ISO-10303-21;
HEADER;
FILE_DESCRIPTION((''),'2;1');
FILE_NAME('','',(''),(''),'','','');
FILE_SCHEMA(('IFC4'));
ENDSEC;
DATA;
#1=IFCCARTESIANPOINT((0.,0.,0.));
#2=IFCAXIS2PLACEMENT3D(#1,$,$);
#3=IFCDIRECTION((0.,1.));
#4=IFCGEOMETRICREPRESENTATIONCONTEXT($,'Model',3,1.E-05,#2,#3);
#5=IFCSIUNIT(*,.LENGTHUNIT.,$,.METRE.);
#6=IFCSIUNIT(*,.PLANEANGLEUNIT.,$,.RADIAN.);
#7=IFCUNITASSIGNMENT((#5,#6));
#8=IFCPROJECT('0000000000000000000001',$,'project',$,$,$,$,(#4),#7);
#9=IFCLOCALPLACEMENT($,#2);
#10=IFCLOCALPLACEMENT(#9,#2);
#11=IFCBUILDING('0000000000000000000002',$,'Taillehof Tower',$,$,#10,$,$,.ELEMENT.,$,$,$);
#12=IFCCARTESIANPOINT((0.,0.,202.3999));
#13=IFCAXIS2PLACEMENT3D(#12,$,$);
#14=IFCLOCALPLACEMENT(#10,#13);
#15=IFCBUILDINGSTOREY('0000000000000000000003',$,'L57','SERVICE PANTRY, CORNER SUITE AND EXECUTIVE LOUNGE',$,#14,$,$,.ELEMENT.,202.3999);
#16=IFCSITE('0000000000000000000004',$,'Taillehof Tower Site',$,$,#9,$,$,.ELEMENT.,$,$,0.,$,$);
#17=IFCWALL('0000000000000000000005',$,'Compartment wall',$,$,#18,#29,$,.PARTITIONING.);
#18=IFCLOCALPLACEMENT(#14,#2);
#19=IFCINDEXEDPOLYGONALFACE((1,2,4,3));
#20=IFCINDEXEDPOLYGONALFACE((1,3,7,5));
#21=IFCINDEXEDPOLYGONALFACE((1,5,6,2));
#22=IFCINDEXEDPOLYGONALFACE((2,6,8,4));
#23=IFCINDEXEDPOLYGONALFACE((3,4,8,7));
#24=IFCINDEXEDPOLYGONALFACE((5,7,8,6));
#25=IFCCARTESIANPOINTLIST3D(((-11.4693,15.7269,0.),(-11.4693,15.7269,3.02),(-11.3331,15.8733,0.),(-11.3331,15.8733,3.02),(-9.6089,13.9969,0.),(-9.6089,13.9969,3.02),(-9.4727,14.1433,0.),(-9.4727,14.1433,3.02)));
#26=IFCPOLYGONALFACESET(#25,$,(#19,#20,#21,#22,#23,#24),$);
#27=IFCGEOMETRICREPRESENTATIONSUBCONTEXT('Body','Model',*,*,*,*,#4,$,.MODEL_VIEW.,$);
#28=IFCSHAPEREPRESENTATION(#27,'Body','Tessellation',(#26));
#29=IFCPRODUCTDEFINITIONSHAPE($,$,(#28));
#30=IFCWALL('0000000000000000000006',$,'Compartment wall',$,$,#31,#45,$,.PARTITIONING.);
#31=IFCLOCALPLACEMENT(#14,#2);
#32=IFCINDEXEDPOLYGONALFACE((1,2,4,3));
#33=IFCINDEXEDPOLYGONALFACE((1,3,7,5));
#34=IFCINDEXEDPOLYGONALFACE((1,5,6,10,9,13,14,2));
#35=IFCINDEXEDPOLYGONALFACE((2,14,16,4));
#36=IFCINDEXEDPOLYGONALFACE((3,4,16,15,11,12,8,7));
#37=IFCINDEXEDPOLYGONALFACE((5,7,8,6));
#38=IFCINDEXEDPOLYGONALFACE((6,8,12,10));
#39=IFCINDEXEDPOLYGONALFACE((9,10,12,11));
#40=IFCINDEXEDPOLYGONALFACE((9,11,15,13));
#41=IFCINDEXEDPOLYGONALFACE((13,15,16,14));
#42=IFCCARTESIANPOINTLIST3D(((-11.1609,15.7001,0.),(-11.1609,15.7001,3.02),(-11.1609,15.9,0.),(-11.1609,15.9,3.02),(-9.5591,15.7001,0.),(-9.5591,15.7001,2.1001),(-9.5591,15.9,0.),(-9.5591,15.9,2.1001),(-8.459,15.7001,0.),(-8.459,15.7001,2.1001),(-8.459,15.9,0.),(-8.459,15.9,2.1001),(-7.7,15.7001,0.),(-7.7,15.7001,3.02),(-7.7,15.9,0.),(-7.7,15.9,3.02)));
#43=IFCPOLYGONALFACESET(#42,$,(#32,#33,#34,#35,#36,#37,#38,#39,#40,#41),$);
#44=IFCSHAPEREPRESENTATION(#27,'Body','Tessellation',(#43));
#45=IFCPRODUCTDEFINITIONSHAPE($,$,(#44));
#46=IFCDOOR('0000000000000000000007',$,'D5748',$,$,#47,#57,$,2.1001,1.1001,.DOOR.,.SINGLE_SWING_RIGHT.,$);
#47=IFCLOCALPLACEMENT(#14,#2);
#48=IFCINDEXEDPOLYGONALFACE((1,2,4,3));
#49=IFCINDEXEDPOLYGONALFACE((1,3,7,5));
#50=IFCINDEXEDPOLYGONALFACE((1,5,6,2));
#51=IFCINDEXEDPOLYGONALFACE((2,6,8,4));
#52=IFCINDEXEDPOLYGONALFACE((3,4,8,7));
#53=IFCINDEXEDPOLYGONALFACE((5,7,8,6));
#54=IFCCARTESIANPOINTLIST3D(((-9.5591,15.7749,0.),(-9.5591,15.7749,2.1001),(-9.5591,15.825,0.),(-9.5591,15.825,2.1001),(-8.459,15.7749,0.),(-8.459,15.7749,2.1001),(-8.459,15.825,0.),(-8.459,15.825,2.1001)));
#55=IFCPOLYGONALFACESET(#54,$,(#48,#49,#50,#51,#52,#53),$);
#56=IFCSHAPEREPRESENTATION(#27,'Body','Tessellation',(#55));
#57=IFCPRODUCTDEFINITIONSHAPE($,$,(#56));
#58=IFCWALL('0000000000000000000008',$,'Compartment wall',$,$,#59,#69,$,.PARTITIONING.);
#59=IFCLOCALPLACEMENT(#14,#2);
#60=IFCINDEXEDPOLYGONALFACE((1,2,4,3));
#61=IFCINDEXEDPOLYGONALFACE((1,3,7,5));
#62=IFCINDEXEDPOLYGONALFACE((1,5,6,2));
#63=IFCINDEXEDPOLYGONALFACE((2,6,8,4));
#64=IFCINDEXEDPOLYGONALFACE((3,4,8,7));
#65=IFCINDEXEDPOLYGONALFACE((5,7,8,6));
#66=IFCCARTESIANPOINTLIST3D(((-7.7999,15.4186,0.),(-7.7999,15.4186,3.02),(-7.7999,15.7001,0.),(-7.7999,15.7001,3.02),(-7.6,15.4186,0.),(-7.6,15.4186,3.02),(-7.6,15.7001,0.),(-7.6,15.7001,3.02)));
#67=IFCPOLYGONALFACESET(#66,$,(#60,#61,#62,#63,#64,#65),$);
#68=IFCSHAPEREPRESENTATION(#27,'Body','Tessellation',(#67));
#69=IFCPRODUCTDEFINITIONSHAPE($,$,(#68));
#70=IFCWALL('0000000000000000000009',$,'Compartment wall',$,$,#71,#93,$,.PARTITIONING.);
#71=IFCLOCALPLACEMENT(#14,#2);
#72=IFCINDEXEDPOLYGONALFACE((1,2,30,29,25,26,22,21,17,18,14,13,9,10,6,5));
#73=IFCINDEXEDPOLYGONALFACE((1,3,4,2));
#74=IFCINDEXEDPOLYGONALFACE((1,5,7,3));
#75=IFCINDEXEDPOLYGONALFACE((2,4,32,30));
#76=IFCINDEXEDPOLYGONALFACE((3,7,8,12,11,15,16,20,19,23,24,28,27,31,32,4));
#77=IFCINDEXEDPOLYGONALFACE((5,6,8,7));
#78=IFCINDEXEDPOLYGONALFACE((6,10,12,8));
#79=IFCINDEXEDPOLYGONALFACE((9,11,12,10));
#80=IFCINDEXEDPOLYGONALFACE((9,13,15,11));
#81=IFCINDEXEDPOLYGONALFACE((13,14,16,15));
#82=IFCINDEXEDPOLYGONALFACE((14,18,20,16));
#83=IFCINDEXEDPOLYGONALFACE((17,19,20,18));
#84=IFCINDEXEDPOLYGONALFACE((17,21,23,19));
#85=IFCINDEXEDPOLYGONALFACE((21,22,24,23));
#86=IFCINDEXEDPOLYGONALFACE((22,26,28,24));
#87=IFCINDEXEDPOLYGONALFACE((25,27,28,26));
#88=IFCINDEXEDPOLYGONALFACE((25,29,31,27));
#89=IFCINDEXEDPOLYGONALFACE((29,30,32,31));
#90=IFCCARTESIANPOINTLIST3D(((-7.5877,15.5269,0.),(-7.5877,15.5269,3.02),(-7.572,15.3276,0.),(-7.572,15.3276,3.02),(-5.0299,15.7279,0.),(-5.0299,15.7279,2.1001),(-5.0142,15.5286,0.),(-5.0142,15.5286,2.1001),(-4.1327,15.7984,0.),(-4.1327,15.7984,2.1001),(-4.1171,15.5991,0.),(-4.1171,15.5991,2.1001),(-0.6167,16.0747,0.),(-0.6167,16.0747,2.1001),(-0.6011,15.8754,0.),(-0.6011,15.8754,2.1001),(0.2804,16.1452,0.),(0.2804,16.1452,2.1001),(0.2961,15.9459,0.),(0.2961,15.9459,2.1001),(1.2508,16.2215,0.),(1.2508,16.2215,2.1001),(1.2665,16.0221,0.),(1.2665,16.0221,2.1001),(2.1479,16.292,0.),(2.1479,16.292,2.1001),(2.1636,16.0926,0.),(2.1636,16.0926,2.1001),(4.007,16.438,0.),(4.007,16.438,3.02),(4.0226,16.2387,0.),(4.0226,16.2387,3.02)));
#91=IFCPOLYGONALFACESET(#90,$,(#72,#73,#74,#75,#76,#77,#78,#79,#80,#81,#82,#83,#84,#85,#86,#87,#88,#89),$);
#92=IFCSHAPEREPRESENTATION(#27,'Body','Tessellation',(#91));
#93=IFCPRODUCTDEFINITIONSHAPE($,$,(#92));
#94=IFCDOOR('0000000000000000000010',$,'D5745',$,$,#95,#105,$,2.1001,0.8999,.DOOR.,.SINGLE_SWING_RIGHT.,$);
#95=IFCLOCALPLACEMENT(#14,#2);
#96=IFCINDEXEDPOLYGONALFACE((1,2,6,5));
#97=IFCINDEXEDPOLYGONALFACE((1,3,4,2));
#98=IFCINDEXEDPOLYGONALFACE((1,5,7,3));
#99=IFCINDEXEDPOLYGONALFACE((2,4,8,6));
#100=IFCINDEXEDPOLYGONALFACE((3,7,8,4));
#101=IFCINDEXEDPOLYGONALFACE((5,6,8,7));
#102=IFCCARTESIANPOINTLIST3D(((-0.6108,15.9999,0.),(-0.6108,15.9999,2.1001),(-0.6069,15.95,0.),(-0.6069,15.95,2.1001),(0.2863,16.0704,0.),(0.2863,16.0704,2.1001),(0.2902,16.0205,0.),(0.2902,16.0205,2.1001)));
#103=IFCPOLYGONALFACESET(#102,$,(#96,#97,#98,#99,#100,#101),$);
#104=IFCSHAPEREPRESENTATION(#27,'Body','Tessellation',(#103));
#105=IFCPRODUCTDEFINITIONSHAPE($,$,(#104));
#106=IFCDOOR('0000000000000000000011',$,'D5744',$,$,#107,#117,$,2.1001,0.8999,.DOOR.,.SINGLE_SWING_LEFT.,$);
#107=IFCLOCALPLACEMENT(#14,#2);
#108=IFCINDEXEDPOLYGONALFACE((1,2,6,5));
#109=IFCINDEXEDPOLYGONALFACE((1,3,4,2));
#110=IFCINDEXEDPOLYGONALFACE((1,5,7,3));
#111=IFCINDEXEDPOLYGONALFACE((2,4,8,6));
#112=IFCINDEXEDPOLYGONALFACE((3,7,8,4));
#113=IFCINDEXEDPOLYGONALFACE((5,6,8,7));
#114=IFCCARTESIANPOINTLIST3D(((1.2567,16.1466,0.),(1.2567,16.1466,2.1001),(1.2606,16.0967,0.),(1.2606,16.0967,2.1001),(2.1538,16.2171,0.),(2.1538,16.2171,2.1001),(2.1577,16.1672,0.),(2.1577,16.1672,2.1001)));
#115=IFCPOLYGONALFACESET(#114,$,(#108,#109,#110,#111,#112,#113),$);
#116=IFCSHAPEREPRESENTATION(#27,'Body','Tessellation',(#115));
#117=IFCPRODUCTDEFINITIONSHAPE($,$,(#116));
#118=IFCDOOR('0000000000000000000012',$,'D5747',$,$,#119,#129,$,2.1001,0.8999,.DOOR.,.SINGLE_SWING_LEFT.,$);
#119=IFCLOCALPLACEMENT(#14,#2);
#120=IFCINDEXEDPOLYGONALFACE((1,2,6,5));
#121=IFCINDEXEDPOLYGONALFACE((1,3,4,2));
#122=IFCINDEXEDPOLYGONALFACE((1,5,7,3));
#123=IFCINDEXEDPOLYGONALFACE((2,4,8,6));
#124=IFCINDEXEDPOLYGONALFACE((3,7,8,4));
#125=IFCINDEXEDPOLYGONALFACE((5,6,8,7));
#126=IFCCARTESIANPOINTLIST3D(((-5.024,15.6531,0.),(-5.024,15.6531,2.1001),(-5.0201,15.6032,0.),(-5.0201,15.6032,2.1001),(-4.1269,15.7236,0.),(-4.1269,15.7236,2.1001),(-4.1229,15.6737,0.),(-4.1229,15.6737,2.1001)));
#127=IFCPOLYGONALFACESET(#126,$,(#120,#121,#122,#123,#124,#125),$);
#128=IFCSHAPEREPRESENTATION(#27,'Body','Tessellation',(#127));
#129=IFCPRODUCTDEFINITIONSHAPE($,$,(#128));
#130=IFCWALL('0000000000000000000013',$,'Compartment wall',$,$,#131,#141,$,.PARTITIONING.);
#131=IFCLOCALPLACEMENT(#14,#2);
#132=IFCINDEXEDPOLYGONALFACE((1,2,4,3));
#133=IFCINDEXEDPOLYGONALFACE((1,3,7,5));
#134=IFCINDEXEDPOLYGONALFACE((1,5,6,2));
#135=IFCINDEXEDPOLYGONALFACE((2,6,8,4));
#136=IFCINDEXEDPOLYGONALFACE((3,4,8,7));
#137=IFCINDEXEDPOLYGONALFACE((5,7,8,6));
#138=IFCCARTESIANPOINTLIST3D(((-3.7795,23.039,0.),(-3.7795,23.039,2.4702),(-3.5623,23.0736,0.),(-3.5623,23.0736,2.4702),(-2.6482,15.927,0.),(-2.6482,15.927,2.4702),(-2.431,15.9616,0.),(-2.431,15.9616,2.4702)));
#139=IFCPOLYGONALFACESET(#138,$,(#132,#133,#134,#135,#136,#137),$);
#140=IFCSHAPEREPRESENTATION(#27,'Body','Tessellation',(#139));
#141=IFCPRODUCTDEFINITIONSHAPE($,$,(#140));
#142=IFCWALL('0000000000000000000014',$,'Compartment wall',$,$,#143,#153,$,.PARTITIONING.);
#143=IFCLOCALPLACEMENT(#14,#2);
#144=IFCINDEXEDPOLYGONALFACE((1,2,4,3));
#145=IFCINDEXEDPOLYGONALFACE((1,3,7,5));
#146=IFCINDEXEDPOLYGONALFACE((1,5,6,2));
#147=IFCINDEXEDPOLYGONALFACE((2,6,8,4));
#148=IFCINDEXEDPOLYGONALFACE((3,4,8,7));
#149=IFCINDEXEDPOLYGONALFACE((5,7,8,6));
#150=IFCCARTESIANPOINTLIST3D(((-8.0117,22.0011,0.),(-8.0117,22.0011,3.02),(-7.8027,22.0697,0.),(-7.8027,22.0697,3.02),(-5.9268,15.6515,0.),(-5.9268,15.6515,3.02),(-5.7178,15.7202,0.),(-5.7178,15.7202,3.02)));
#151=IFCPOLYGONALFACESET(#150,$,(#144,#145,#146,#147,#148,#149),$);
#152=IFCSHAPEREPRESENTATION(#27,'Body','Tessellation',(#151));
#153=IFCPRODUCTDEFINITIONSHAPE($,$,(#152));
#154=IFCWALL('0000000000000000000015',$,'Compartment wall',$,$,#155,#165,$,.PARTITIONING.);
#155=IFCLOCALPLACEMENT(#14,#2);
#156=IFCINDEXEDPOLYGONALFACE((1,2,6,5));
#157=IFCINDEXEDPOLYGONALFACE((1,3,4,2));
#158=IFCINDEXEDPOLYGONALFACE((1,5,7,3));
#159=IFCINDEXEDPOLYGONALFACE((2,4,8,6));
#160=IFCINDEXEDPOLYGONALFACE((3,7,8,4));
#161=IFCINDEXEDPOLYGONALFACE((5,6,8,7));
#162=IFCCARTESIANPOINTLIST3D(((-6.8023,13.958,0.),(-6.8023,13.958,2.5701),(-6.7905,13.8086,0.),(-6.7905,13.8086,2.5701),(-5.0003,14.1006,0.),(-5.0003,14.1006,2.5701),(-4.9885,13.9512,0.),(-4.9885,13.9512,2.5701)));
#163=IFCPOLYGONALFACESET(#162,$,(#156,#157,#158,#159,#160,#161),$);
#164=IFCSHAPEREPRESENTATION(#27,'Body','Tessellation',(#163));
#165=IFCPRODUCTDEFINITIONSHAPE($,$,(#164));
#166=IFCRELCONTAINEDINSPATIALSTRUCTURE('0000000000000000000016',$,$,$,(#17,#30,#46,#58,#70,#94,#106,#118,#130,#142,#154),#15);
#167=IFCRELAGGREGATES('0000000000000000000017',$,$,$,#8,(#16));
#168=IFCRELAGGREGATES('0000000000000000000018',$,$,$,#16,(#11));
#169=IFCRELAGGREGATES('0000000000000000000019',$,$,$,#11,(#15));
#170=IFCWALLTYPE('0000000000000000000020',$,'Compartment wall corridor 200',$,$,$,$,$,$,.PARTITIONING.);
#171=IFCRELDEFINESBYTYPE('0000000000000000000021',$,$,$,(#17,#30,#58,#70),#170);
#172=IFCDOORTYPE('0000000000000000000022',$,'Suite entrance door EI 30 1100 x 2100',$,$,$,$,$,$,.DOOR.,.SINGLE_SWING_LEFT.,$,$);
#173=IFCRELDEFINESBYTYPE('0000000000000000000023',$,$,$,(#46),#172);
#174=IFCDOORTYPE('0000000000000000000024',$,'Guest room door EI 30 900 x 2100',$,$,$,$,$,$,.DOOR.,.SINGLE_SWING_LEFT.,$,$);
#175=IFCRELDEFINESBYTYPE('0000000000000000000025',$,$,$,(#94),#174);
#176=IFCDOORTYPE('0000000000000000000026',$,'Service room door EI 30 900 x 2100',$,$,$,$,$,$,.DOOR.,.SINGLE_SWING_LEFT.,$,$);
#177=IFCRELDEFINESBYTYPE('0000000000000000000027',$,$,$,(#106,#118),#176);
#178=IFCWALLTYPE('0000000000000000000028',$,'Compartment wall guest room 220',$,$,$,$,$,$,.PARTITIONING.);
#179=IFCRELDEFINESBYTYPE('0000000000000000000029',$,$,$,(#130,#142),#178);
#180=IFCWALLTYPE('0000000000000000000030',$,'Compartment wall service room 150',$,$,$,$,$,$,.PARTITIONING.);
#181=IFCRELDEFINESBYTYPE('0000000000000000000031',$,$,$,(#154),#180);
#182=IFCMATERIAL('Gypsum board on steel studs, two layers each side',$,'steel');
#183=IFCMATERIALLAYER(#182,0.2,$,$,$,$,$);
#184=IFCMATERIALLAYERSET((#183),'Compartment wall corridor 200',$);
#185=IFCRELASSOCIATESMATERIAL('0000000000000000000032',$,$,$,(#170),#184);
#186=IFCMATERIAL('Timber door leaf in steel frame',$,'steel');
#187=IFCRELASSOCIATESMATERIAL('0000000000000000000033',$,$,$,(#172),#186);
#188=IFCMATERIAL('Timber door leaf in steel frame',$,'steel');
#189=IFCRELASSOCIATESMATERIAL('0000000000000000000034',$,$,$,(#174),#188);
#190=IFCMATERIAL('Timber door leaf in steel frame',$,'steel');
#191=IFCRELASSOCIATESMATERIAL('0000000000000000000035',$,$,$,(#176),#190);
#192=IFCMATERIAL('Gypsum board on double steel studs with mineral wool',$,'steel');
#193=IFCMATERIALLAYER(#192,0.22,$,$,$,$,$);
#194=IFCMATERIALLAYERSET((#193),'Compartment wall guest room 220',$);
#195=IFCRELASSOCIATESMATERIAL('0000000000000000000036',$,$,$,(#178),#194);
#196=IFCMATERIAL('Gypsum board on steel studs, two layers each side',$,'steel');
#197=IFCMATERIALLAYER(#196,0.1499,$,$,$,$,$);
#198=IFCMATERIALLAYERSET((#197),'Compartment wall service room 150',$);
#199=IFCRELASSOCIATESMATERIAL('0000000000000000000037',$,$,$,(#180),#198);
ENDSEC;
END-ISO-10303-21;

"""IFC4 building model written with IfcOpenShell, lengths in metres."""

from ifc_helpers import new_model, si_unit, direction, frame, frame_2d, origin, place, context, subcontext, project, spatial, rectangle, extrude, material, layer, layer_set, type_object, element, fill, save


model = new_model("IFC4")

# Units and contexts
model_context = context("Model", 3, precision=1e-05, world=origin(), true_north=direction((0.0, 1.0)))
body_context = subcontext(model_context, "Body", "Model", "MODEL_VIEW")
ifc_project = project(units=[si_unit("LENGTHUNIT", "METRE"), si_unit("PLANEANGLEUNIT", "RADIAN")], contexts=[model_context])

# Site, building, storey
site_placement = place(None, origin())
site = spatial("IfcSite", under=ifc_project, at=site_placement, Name="Taillehof Tower Site", CompositionType="ELEMENT", RefElevation=0.0)
building_placement = place(site_placement, origin())
building = spatial("IfcBuilding", under=site, at=building_placement, Name="Taillehof Tower", CompositionType="ELEMENT")
storey_placement = place(building_placement, frame((0.0, 0.0, 202.3999)))
storey = spatial("IfcBuildingStorey", under=building, at=storey_placement, Name="L57", Description="SERVICE PANTRY, CORNER SUITE AND EXECUTIVE LOUNGE", CompositionType="ELEMENT", Elevation=202.3999)

# Wall
ifc_material_1 = material(Name="Gypsum board on steel studs, two layers each side", Category="steel")
ifc_layer_1 = layer(ifc_material_1, 0.2)
ifc_layer_set_1 = layer_set([ifc_layer_1], Name="Compartment wall corridor 200")
wall_type_1 = type_object("IfcWallType", Name="Compartment wall corridor 200", PredefinedType="PARTITIONING", material=ifc_layer_set_1)
wall_1_placement = place(storey_placement, frame((-9.5408, 14.0701, 0.0), z_axis=(0.0, 0.0, 1.0), x_axis=(-0.7323, 0.680982, 0.0)))
element("IfcWall", 1, at=wall_1_placement, inside=storey, type_object=wall_type_1, Name="Compartment wall", PredefinedType="PARTITIONING", context=body_context, shape_type="SweptSolid", body=[
    extrude(rectangle(XDim=2.5405, YDim=0.2, at=frame_2d((1.2703, 0.0))), origin(), (0.0, 0.0, 1.0), 3.02),
])

# Wall, opening, door
wall_2_placement = place(storey_placement, frame((-11.1609, 15.8, 0.0), z_axis=(0.0, 0.0, 1.0), x_axis=(1.0, 0.0, 0.0)))
wall_2 = element("IfcWall", 2, at=wall_2_placement, inside=storey, type_object=wall_type_1, Name="Compartment wall", PredefinedType="PARTITIONING", context=body_context, shape_type="SweptSolid", body=[
    extrude(rectangle(XDim=3.4609, YDim=0.2, at=frame_2d((1.7305, 0.0))), origin(), (0.0, 0.0, 1.0), 3.02),
])
opening_1_placement = place(wall_2_placement, frame((1.6018, 0.0, 0.0)))
opening_1 = element("IfcOpeningElement", 3, at=opening_1_placement, cuts=wall_2, PredefinedType="OPENING", context=body_context, shape_type="SweptSolid", body=[
    extrude(rectangle(XDim=1.1001, YDim=2.1001, at=frame_2d((0.55, 1.05))), frame((0.0, 0.1099, 0.0), z_axis=(0.0, -1.0, 0.0), x_axis=(1.0, 0.0, 0.0)), (0.0, 0.0, 1.0), 0.22),
])
ifc_material_2 = material(Name="Timber door leaf in steel frame", Category="steel")
door_type_1 = type_object("IfcDoorType", Name="Suite entrance door EI 30 1100 x 2100", OperationType="SINGLE_SWING_LEFT", PredefinedType="DOOR", material=ifc_material_2)
door_1_placement = place(opening_1_placement, origin())
door_1 = element("IfcDoor", 4, at=door_1_placement, inside=storey, type_object=door_type_1, Name="D5748", OperationType="SINGLE_SWING_RIGHT", OverallHeight=2.1001, OverallWidth=1.1001, PredefinedType="DOOR", context=body_context, shape_type="SweptSolid", body=[
    extrude(rectangle(XDim=1.1001, YDim=2.1001, at=frame_2d((0.55, 1.05))), frame((0.0, 0.0249, 0.0), z_axis=(0.0, -1.0, 0.0), x_axis=(1.0, 0.0, 0.0)), (0.0, 0.0, 1.0), 0.05),
])
fill(opening_1, door_1)

# Wall
wall_3_placement = place(storey_placement, frame((-7.7, 15.7, 0.0), z_axis=(0.0, 0.0, 1.0), x_axis=(0.0, -1.0, 0.0)))
element("IfcWall", 5, at=wall_3_placement, inside=storey, type_object=wall_type_1, Name="Compartment wall", PredefinedType="PARTITIONING", context=body_context, shape_type="SweptSolid", body=[
    extrude(rectangle(XDim=0.2815, YDim=0.2, at=frame_2d((0.1406, 0.0))), origin(), (0.0, 0.0, 1.0), 3.02),
])

# Wall, openings, doors
wall_4_placement = place(storey_placement, frame((-7.5798, 15.4272, 0.0), z_axis=(0.0, 0.0, 1.0), x_axis=(0.996927, 0.07834, 0.0)))
wall_4 = element("IfcWall", 6, at=wall_4_placement, inside=storey, type_object=wall_type_1, Name="Compartment wall", PredefinedType="PARTITIONING", context=body_context, shape_type="SweptSolid", body=[
    extrude(rectangle(XDim=11.6304, YDim=0.2, at=frame_2d((5.8152, 0.0))), origin(), (0.0, 0.0, 1.0), 3.02),
])
opening_2_placement = place(wall_4_placement, frame((8.8657, 0.0, 0.0)))
opening_2 = element("IfcOpeningElement", 7, at=opening_2_placement, cuts=wall_4, PredefinedType="OPENING", context=body_context, shape_type="SweptSolid", body=[
    extrude(rectangle(XDim=0.8999, YDim=2.1001, at=frame_2d((0.45, 1.05))), frame((0.0, 0.1099, 0.0), z_axis=(0.0, -1.0, 0.0), x_axis=(1.0, 0.0, 0.0)), (0.0, 0.0, 1.0), 0.22),
])
opening_3_placement = place(wall_4_placement, frame((6.9924, 0.0, 0.0)))
opening_3 = element("IfcOpeningElement", 8, at=opening_3_placement, cuts=wall_4, PredefinedType="OPENING", context=body_context, shape_type="SweptSolid", body=[
    extrude(rectangle(XDim=0.8999, YDim=2.1001, at=frame_2d((0.45, 1.05))), frame((0.0, 0.1099, 0.0), z_axis=(0.0, -1.0, 0.0), x_axis=(1.0, 0.0, 0.0)), (0.0, 0.0, 1.0), 0.22),
])
opening_4_placement = place(wall_4_placement, frame((2.5657, 0.0, 0.0)))
opening_4 = element("IfcOpeningElement", 9, at=opening_4_placement, cuts=wall_4, PredefinedType="OPENING", context=body_context, shape_type="SweptSolid", body=[
    extrude(rectangle(XDim=0.8999, YDim=2.1001, at=frame_2d((0.45, 1.05))), frame((0.0, 0.1099, 0.0), z_axis=(0.0, -1.0, 0.0), x_axis=(1.0, 0.0, 0.0)), (0.0, 0.0, 1.0), 0.22),
])
ifc_material_3 = material(Name="Timber door leaf in steel frame", Category="steel")
door_type_2 = type_object("IfcDoorType", Name="Guest room door EI 30 900 x 2100", OperationType="SINGLE_SWING_LEFT", PredefinedType="DOOR", material=ifc_material_3)
door_2_placement = place(opening_3_placement, origin())
door_2 = element("IfcDoor", 10, at=door_2_placement, inside=storey, type_object=door_type_2, Name="D5745", OperationType="SINGLE_SWING_RIGHT", OverallHeight=2.1001, OverallWidth=0.8999, PredefinedType="DOOR", context=body_context, shape_type="SweptSolid", body=[
    extrude(rectangle(XDim=0.8999, YDim=2.1001, at=frame_2d((0.45, 1.05))), frame((0.0, 0.0249, 0.0), z_axis=(0.0, -1.0, 0.0), x_axis=(1.0, 0.0, 0.0)), (0.0, 0.0, 1.0), 0.05),
])
fill(opening_3, door_2)
ifc_material_4 = material(Name="Timber door leaf in steel frame", Category="steel")
door_type_3 = type_object("IfcDoorType", Name="Service room door EI 30 900 x 2100", OperationType="SINGLE_SWING_LEFT", PredefinedType="DOOR", material=ifc_material_4)
door_3_placement = place(opening_2_placement, origin())
door_3 = element("IfcDoor", 11, at=door_3_placement, inside=storey, type_object=door_type_3, Name="D5744", OperationType="SINGLE_SWING_LEFT", OverallHeight=2.1001, OverallWidth=0.8999, PredefinedType="DOOR", context=body_context, shape_type="SweptSolid", body=[
    extrude(rectangle(XDim=0.8999, YDim=2.1001, at=frame_2d((0.45, 1.05))), frame((0.0, 0.0249, 0.0), z_axis=(0.0, -1.0, 0.0), x_axis=(1.0, 0.0, 0.0)), (0.0, 0.0, 1.0), 0.05),
])
fill(opening_2, door_3)
door_4_placement = place(opening_4_placement, origin())
door_4 = element("IfcDoor", 12, at=door_4_placement, inside=storey, type_object=door_type_3, Name="D5747", OperationType="SINGLE_SWING_LEFT", OverallHeight=2.1001, OverallWidth=0.8999, PredefinedType="DOOR", context=body_context, shape_type="SweptSolid", body=[
    extrude(rectangle(XDim=0.8999, YDim=2.1001, at=frame_2d((0.45, 1.05))), frame((0.0, 0.0249, 0.0), z_axis=(0.0, -1.0, 0.0), x_axis=(1.0, 0.0, 0.0)), (0.0, 0.0, 1.0), 0.05),
])
fill(opening_4, door_4)

# Walls
ifc_material_5 = material(Name="Gypsum board on double steel studs with mineral wool", Category="steel")
ifc_layer_2 = layer(ifc_material_5, 0.22)
ifc_layer_set_2 = layer_set([ifc_layer_2], Name="Compartment wall guest room 220")
wall_type_2 = type_object("IfcWallType", Name="Compartment wall guest room 220", PredefinedType="PARTITIONING", material=ifc_layer_set_2)
wall_5_placement = place(storey_placement, frame((-3.6709, 23.0562, 0.0), z_axis=(0.0, 0.0, 1.0), x_axis=(0.157099, -0.987583, 0.0)))
element("IfcWall", 13, at=wall_5_placement, inside=storey, type_object=wall_type_2, Name="Compartment wall", PredefinedType="PARTITIONING", context=body_context, shape_type="SweptSolid", body=[
    extrude(rectangle(XDim=7.2014, YDim=0.22, at=frame_2d((3.6006, 0.0))), origin(), (0.0, 0.0, 1.0), 2.4702),
])
wall_6_placement = place(storey_placement, frame((-7.9072, 22.0354, 0.0), z_axis=(0.0, 0.0, 1.0), x_axis=(0.311972, -0.950091, 0.0)))
element("IfcWall", 14, at=wall_6_placement, inside=storey, type_object=wall_type_2, Name="Compartment wall", PredefinedType="PARTITIONING", context=body_context, shape_type="SweptSolid", body=[
    extrude(rectangle(XDim=6.6831, YDim=0.22, at=frame_2d((3.3416, 0.0))), origin(), (0.0, 0.0, 1.0), 3.02),
])
ifc_material_6 = material(Name="Gypsum board on steel studs, two layers each side", Category="steel")
ifc_layer_3 = layer(ifc_material_6, 0.1499)
ifc_layer_set_3 = layer_set([ifc_layer_3], Name="Compartment wall service room 150")
wall_type_3 = type_object("IfcWallType", Name="Compartment wall service room 150", PredefinedType="PARTITIONING", material=ifc_layer_set_3)
wall_7_placement = place(storey_placement, frame((-6.7964, 13.8833, 0.0), z_axis=(0.0, 0.0, 1.0), x_axis=(0.996884, 0.078876, 0.0)))
element("IfcWall", 15, at=wall_7_placement, inside=storey, type_object=wall_type_3, Name="Compartment wall", PredefinedType="PARTITIONING", context=body_context, shape_type="SweptSolid", body=[
    extrude(rectangle(XDim=1.8076, YDim=0.1499, at=frame_2d((0.9038, 0.0))), origin(), (0.0, 0.0, 1.0), 2.5701),
])

save(model, "model.ifc")
